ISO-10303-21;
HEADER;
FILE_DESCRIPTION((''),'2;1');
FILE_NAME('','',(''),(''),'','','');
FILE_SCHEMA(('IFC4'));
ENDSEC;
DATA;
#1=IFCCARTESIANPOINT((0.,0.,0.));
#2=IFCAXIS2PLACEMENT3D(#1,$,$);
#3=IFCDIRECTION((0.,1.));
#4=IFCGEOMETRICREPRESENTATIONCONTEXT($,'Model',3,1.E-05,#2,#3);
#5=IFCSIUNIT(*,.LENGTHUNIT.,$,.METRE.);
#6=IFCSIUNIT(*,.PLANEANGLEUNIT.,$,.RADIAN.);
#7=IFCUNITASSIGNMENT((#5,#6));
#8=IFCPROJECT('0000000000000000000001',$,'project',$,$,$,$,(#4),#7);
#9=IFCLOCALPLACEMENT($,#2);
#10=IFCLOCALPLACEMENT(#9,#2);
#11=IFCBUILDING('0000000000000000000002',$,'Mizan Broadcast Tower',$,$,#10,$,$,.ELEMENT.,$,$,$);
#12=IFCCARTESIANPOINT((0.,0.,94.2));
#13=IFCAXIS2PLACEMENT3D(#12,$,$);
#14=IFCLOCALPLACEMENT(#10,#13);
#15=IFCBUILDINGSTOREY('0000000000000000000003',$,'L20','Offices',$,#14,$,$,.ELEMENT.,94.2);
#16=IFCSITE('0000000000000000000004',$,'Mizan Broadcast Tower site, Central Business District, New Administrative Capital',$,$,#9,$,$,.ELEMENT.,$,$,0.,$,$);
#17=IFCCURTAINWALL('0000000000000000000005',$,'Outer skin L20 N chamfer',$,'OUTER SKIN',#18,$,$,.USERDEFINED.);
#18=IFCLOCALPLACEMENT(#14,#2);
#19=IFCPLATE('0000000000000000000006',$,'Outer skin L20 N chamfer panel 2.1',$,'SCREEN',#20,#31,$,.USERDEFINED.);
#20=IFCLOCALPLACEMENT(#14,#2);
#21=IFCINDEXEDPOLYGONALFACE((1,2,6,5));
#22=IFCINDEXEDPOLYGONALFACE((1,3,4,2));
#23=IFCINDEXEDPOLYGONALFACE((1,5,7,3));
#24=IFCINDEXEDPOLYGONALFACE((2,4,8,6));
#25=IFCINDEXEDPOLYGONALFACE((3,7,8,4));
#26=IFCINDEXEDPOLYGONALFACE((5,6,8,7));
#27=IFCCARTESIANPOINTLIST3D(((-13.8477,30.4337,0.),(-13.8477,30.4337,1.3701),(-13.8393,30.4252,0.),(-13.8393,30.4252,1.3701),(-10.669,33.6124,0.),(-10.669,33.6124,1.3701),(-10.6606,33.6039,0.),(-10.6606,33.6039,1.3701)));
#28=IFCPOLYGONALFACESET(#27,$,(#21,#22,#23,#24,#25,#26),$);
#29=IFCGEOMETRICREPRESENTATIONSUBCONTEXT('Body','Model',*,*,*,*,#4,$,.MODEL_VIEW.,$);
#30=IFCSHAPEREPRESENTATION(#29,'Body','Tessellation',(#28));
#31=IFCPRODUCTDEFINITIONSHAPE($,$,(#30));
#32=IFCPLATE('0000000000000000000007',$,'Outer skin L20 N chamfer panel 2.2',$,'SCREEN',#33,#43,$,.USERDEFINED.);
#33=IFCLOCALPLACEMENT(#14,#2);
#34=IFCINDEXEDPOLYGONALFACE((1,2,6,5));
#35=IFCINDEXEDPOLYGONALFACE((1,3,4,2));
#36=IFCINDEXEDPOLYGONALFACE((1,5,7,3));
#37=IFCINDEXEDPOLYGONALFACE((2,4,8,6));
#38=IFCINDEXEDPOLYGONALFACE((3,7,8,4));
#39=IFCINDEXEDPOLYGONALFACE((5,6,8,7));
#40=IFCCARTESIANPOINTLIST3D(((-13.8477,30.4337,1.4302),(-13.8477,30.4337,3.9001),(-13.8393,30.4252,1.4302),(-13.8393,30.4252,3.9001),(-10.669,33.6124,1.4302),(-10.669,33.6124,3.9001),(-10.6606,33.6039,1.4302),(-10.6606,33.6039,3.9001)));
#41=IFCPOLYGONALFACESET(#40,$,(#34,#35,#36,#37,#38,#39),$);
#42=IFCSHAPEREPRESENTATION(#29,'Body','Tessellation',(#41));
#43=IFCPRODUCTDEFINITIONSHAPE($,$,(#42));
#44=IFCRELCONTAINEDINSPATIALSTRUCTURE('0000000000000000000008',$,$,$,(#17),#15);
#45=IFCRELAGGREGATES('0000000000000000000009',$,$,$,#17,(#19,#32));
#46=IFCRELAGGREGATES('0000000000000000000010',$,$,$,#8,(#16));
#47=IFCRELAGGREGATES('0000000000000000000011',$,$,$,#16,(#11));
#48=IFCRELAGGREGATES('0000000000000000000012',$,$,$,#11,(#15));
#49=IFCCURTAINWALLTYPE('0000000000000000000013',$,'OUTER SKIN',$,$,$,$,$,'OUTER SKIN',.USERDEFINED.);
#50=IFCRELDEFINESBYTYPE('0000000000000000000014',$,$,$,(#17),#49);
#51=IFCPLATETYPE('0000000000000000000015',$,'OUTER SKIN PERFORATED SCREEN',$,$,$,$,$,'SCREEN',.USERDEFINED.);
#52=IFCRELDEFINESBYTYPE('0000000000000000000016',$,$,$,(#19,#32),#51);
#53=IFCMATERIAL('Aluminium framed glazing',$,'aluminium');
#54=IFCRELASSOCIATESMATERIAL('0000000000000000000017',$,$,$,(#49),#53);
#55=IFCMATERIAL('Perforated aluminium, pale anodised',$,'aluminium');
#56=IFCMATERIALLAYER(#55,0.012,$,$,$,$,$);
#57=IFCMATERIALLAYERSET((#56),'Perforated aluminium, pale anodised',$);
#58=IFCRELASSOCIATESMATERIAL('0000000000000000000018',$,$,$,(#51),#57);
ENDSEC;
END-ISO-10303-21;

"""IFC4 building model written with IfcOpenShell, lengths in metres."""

from ifc_helpers import new_model, si_unit, direction, frame, origin, origin_2d, place, context, subcontext, project, spatial, rectangle, extrude, material, layer, layer_set, type_object, element, aggregate, save


model = new_model("IFC4")

# Units and contexts
model_context = context("Model", 3, precision=1e-05, world=origin(), true_north=direction((0.0, 1.0)))
body_context = subcontext(model_context, "Body", "Model", "MODEL_VIEW")
ifc_project = project(units=[si_unit("LENGTHUNIT", "METRE"), si_unit("PLANEANGLEUNIT", "RADIAN")], contexts=[model_context])

# Site, building, storey
site_placement = place(None, origin())
site = spatial("IfcSite", under=ifc_project, at=site_placement, Name="Mizan Broadcast Tower site, Central Business District, New Administrative Capital", CompositionType="ELEMENT", RefElevation=0.0)
building_placement = place(site_placement, origin())
building = spatial("IfcBuilding", under=site, at=building_placement, Name="Mizan Broadcast Tower", CompositionType="ELEMENT")
storey_placement = place(building_placement, frame((0.0, 0.0, 94.2)))
storey = spatial("IfcBuildingStorey", under=building, at=storey_placement, Name="L20", Description="Offices", CompositionType="ELEMENT", Elevation=94.2)

# Curtain wall
ifc_material_1 = material(Name="Aluminium framed glazing", Category="aluminium")
curtain_wall_type_1 = type_object("IfcCurtainWallType", Name="OUTER SKIN", ElementType="OUTER SKIN", PredefinedType="USERDEFINED", material=ifc_material_1)
curtain_wall_1_placement = place(storey_placement, origin())
curtain_wall_1 = element("IfcCurtainWall", 1, at=curtain_wall_1_placement, inside=storey, type_object=curtain_wall_type_1, Name="Outer skin L20 N chamfer", ObjectType="OUTER SKIN", PredefinedType="USERDEFINED")

# Plates
ifc_material_2 = material(Name="Perforated aluminium, pale anodised", Category="aluminium")
ifc_layer_1 = layer(ifc_material_2, 0.012)
ifc_layer_set_1 = layer_set([ifc_layer_1], Name="Perforated aluminium, pale anodised")
plate_type_1 = type_object("IfcPlateType", Name="OUTER SKIN PERFORATED SCREEN", ElementType="SCREEN", PredefinedType="USERDEFINED", material=ifc_layer_set_1)
plate_1_placement = place(storey_placement, frame((-12.2542, 32.0188, 0.0), z_axis=(0.0, 0.0, 1.0), x_axis=(-0.707107, -0.707107, 0.0)))
plate_1 = element("IfcPlate", 2, at=plate_1_placement, type_object=plate_type_1, Name="Outer skin L20 N chamfer panel 2.1", ObjectType="SCREEN", PredefinedType="USERDEFINED", context=body_context, shape_type="SweptSolid", body=[
    extrude(rectangle(XDim=4.4954, YDim=0.012, at=origin_2d()), origin(), (0.0, 0.0, 1.0), 1.3701),
])
plate_2_placement = place(storey_placement, frame((-12.2542, 32.0188, 1.4302), z_axis=(0.0, 0.0, 1.0), x_axis=(-0.707107, -0.707107, 0.0)))
plate_2 = element("IfcPlate", 3, at=plate_2_placement, type_object=plate_type_1, Name="Outer skin L20 N chamfer panel 2.2", ObjectType="SCREEN", PredefinedType="USERDEFINED", context=body_context, shape_type="SweptSolid", body=[
    extrude(rectangle(XDim=4.4954, YDim=0.012, at=origin_2d()), origin(), (0.0, 0.0, 1.0), 2.47),
])
aggregate(curtain_wall_1, [plate_1, plate_2])

save(model, "model.ifc")
